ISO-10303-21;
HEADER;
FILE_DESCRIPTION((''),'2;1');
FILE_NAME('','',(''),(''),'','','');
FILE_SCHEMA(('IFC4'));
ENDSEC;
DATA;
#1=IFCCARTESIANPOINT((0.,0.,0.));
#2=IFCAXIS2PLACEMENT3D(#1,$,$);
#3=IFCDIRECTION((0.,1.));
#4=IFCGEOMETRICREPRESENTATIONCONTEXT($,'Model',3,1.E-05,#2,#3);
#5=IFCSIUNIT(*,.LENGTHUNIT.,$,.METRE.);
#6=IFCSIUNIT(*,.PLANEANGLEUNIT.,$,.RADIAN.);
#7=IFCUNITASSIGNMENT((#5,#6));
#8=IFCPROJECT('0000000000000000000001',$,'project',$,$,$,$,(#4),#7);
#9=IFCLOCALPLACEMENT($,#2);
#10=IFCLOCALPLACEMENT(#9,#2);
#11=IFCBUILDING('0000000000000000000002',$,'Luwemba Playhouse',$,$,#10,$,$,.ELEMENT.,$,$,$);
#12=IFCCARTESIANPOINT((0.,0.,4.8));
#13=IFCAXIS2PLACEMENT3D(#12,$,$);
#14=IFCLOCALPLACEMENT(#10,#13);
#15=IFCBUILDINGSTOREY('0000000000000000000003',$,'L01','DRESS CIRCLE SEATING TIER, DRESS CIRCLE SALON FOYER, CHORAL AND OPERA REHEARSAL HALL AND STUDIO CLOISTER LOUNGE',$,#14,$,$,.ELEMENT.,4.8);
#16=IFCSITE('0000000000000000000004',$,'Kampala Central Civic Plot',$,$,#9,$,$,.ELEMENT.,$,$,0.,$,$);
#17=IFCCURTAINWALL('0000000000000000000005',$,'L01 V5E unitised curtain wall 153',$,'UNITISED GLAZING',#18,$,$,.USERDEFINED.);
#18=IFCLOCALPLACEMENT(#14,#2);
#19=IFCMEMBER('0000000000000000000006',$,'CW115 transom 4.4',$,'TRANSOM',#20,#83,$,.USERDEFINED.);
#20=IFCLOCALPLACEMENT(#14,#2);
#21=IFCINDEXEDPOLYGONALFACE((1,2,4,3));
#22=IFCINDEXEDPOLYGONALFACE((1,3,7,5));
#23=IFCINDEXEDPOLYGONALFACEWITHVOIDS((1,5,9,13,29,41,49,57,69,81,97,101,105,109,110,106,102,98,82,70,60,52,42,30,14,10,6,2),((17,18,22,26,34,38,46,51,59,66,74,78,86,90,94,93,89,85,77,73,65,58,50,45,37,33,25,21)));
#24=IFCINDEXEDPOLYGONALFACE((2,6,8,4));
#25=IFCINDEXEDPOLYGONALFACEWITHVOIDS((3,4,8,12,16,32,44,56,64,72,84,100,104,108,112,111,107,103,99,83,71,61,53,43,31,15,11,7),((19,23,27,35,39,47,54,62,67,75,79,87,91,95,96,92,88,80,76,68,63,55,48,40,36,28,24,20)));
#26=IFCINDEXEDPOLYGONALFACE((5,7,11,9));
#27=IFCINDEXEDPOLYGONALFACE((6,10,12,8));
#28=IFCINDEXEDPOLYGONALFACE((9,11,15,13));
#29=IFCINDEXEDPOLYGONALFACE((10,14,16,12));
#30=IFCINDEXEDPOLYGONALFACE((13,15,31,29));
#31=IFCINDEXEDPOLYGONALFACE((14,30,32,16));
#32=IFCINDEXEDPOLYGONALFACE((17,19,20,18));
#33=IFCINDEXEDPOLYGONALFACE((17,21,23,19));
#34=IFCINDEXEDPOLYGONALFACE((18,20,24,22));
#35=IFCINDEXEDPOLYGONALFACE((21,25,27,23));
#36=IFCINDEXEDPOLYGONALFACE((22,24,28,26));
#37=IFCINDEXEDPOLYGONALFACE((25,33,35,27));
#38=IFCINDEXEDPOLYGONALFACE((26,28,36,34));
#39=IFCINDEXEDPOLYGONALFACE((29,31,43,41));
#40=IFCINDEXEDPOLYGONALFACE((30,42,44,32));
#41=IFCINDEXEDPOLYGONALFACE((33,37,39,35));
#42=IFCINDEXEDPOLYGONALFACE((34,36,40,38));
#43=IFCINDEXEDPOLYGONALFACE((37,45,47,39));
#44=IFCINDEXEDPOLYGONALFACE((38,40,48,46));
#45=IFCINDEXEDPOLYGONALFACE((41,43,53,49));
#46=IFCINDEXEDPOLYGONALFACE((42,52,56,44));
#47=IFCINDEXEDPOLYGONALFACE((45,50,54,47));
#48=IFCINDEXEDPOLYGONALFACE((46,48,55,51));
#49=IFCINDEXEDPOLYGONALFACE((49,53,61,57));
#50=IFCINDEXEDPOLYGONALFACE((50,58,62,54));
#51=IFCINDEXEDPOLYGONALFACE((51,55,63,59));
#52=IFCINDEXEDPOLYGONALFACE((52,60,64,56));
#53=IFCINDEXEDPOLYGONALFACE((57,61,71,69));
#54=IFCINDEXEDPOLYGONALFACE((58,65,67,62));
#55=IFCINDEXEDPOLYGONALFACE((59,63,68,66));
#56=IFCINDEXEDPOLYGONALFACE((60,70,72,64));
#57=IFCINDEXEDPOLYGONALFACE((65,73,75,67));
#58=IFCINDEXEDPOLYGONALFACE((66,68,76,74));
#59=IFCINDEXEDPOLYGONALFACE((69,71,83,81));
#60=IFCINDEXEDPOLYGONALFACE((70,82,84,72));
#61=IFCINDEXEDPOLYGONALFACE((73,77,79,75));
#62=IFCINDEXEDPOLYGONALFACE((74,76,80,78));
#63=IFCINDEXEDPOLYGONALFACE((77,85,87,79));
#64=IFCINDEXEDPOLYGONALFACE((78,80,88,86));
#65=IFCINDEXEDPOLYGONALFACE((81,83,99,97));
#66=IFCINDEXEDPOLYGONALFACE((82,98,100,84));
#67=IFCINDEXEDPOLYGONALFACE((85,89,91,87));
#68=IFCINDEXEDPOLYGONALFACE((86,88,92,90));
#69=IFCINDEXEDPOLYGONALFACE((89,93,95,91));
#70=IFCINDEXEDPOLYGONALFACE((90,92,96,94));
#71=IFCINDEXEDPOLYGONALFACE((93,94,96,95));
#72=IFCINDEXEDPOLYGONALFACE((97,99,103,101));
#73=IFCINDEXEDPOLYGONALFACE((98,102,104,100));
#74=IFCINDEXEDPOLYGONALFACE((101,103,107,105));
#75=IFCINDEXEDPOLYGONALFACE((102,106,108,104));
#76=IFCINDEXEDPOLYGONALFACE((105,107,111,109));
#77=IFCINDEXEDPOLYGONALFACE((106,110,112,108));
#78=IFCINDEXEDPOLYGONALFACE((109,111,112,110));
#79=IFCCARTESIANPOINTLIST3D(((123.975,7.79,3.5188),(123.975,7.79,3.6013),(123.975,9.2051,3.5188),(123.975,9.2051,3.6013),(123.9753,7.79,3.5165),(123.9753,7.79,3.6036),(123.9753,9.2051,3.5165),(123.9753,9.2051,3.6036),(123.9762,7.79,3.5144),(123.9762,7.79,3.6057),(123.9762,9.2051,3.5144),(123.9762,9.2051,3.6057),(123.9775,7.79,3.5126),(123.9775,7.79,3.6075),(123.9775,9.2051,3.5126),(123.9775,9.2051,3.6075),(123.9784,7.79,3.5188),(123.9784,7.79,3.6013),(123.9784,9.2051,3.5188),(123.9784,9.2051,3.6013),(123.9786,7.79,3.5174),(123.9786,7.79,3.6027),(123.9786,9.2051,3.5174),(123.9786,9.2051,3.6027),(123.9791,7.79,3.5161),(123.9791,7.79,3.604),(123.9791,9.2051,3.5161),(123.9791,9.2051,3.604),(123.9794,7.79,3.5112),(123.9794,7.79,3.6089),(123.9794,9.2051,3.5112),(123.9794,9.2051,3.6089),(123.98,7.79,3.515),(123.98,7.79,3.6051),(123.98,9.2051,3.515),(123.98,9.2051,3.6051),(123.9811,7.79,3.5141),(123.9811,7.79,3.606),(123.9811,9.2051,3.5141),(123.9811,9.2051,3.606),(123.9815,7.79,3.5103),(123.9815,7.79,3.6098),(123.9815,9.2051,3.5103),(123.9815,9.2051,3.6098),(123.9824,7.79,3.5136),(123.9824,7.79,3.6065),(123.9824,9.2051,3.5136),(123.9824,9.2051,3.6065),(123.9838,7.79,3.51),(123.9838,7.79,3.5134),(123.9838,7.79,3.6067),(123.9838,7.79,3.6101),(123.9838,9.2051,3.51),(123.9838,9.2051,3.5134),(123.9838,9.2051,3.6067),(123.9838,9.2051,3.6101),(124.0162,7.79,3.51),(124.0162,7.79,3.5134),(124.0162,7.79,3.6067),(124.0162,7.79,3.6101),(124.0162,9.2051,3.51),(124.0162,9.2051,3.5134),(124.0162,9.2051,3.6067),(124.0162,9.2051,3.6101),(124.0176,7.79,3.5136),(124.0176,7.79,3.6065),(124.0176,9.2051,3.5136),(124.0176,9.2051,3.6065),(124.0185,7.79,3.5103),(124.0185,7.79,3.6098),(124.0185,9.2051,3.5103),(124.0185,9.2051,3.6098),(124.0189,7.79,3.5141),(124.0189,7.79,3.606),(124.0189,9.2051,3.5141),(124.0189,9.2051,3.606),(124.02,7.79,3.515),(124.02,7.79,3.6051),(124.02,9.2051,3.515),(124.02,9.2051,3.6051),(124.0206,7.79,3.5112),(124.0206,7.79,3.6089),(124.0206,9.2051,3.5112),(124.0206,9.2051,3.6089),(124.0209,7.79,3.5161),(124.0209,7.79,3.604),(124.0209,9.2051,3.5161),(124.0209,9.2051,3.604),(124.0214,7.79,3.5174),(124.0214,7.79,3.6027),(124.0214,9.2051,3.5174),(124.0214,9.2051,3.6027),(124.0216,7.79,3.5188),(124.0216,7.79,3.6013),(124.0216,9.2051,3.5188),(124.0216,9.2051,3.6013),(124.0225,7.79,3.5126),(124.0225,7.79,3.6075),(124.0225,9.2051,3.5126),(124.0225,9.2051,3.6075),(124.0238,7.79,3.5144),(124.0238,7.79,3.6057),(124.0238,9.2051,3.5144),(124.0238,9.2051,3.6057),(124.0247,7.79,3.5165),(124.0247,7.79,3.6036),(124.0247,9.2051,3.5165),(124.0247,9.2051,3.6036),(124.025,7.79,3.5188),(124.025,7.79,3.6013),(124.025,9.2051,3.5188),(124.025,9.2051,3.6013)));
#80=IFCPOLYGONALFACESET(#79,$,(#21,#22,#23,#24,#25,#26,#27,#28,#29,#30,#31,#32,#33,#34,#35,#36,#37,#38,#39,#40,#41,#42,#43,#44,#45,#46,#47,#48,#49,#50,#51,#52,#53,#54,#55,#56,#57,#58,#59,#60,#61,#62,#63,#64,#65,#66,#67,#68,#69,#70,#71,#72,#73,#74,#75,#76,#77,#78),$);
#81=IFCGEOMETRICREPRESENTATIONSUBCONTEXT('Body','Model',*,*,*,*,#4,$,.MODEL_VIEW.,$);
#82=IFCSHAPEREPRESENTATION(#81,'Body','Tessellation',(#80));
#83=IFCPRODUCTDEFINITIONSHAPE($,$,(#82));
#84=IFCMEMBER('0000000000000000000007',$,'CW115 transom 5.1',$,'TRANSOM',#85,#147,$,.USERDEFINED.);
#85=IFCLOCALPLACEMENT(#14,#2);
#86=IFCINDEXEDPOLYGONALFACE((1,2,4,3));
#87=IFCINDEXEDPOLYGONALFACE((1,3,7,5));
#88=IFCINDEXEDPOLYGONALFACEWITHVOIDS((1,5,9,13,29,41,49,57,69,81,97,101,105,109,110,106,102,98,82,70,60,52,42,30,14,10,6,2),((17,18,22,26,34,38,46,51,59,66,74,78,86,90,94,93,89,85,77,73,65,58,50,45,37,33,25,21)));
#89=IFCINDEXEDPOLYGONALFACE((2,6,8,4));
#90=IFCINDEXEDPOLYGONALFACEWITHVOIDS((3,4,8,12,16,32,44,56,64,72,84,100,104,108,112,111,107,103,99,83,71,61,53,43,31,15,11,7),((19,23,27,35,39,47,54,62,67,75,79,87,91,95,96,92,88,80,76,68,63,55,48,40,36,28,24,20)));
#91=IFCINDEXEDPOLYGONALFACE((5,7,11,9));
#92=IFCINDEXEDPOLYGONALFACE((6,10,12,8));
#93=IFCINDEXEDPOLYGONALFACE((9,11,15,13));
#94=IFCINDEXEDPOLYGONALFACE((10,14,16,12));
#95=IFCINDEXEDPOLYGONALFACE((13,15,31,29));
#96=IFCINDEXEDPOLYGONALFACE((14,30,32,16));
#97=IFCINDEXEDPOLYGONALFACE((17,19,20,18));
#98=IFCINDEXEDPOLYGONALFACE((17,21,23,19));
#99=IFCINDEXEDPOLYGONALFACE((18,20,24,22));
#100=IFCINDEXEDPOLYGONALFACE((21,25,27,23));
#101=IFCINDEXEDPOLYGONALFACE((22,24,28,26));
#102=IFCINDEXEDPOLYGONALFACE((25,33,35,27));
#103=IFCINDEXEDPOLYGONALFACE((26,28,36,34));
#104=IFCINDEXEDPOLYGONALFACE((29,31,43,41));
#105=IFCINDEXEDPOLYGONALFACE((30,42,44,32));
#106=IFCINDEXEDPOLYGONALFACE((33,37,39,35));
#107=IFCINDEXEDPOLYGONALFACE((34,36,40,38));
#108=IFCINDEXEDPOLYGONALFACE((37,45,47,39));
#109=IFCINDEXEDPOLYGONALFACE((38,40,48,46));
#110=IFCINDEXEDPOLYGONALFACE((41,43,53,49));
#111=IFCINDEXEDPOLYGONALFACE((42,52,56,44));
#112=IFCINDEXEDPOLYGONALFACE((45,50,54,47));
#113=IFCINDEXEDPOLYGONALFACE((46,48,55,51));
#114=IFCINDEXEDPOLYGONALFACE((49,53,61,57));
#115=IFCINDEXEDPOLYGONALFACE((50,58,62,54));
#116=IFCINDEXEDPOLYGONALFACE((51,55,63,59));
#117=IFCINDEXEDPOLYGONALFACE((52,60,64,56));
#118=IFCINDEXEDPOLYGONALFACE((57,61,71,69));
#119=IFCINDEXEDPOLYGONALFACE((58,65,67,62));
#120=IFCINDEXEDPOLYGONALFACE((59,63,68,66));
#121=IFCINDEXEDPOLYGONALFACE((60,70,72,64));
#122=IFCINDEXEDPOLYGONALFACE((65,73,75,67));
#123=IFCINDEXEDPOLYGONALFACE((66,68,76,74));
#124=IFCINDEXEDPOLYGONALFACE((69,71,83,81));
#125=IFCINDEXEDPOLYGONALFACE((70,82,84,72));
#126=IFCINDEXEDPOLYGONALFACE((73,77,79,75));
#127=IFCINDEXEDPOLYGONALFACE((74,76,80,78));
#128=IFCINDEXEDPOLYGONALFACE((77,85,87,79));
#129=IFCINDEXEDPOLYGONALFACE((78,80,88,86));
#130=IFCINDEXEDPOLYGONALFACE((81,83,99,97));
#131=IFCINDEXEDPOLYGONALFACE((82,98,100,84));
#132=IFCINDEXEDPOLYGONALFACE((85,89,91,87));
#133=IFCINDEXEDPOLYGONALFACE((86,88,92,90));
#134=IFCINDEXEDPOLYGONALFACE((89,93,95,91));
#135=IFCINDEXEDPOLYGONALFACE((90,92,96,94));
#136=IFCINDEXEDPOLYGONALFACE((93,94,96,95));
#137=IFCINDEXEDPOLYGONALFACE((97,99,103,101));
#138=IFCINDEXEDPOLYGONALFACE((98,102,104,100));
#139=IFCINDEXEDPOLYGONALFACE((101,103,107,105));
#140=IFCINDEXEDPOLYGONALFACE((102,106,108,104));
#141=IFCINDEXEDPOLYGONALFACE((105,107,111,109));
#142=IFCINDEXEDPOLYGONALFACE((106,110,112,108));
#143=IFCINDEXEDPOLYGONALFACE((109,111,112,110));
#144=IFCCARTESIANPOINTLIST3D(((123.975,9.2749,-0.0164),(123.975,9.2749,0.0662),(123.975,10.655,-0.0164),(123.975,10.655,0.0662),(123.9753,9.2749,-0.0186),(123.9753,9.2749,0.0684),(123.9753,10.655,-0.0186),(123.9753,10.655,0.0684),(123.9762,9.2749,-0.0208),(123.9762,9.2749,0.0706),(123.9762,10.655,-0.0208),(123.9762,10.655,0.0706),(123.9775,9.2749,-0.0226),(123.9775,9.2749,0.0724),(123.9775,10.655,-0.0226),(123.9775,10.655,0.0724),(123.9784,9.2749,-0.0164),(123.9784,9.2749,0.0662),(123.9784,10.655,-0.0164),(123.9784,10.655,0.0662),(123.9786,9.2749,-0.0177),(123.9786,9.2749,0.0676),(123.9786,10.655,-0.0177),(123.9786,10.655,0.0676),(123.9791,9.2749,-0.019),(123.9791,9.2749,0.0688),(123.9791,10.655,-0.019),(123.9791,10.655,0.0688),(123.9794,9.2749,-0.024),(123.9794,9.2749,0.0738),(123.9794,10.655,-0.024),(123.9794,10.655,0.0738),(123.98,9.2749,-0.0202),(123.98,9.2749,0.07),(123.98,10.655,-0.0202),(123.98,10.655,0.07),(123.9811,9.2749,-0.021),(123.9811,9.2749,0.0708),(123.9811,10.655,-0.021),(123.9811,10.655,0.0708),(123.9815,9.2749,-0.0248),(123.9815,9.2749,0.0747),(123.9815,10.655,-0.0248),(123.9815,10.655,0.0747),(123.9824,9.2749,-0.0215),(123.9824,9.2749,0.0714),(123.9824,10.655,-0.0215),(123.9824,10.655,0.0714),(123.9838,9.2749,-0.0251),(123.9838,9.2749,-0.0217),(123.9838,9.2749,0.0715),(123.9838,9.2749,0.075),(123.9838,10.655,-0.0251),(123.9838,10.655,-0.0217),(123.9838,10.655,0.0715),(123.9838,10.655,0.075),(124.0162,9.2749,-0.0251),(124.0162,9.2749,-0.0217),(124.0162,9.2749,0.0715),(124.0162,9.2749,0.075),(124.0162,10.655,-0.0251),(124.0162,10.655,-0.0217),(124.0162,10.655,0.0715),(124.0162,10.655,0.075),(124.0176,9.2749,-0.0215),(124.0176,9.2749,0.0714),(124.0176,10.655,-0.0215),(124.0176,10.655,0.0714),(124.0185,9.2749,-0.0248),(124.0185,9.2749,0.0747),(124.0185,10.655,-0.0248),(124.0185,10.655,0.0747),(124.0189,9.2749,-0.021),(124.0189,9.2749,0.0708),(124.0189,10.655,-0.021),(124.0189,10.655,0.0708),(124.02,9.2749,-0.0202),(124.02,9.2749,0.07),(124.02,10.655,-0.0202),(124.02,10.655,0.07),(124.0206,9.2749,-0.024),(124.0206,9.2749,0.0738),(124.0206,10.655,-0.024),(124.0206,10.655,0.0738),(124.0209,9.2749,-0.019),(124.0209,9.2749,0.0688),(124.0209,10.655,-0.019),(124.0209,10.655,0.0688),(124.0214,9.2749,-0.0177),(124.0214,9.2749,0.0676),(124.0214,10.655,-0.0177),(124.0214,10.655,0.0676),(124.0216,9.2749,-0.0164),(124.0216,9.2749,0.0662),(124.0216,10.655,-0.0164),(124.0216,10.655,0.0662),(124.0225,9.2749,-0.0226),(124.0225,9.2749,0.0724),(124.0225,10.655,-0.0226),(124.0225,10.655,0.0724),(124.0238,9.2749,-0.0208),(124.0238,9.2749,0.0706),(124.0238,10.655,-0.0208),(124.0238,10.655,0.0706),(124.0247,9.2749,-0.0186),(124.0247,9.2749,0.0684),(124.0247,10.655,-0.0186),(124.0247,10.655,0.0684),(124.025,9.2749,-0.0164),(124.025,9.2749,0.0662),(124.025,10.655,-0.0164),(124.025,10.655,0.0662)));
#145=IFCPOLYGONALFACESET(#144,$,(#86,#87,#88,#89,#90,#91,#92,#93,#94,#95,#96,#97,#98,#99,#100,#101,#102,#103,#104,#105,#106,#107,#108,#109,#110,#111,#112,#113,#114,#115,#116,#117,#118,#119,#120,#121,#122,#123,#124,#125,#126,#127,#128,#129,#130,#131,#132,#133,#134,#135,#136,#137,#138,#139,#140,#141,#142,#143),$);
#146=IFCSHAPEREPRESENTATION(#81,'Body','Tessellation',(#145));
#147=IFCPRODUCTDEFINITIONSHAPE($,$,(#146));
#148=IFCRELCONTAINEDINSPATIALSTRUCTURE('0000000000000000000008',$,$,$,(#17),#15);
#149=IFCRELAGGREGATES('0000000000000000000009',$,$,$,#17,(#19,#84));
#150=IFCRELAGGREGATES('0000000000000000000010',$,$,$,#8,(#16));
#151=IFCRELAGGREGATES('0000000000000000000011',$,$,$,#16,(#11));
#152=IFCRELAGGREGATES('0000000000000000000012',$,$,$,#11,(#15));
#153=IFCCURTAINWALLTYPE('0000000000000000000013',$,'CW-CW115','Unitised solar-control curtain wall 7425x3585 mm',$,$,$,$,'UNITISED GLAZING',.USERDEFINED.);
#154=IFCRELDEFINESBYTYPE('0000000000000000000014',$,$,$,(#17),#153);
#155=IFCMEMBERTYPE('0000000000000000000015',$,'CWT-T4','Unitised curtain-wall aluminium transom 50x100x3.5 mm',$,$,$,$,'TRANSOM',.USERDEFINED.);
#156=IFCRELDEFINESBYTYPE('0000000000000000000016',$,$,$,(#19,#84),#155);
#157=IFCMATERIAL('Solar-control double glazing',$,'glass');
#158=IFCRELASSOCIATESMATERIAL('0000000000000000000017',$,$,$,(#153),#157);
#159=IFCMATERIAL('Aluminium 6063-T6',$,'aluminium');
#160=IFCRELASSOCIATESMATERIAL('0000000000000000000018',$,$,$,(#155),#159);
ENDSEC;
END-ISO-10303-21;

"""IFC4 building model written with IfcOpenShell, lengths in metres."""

from ifc_helpers import new_model, si_unit, direction, frame, origin, origin_2d, place, context, subcontext, project, spatial, hollow_rectangle, extrude, material, material_profile, profile_set, type_object, element, aggregate, save


model = new_model("IFC4")

# Units and contexts
model_context = context("Model", 3, precision=1e-05, world=origin(), true_north=direction((0.0, 1.0)))
body_context = subcontext(model_context, "Body", "Model", "MODEL_VIEW")
ifc_project = project(units=[si_unit("LENGTHUNIT", "METRE"), si_unit("PLANEANGLEUNIT", "RADIAN")], contexts=[model_context])

# Site, building, storey
site_placement = place(None, origin())
site = spatial("IfcSite", under=ifc_project, at=site_placement, Name="Kampala Central Civic Plot", CompositionType="ELEMENT", RefElevation=0.0)
building_placement = place(site_placement, origin())
building = spatial("IfcBuilding", under=site, at=building_placement, Name="Luwemba Playhouse", CompositionType="ELEMENT")
storey_placement = place(building_placement, frame((0.0, 0.0, 4.8)))
storey = spatial("IfcBuildingStorey", under=building, at=storey_placement, Name="L01", Description="DRESS CIRCLE SEATING TIER, DRESS CIRCLE SALON FOYER, CHORAL AND OPERA REHEARSAL HALL AND STUDIO CLOISTER LOUNGE", CompositionType="ELEMENT", Elevation=4.8)

# Curtain wall, members
ifc_material_1 = material(Name="Solar-control double glazing", Category="glass")
curtain_wall_type = type_object("IfcCurtainWallType", Name="CW-CW115", Description="Unitised solar-control curtain wall 7425x3585 mm", ElementType="UNITISED GLAZING", PredefinedType="USERDEFINED", material=ifc_material_1)
curtain_wall_placement = place(storey_placement, origin())
curtain_wall = element("IfcCurtainWall", 1, at=curtain_wall_placement, inside=storey, type_object=curtain_wall_type, Name="L01 V5E unitised curtain wall 153", ObjectType="UNITISED GLAZING", PredefinedType="USERDEFINED")
ifc_material_2 = material(Name="Aluminium 6063-T6", Category="aluminium")
ifc_material_profile_1 = material_profile(ifc_material_2, hollow_rectangle(XDim=0.05, YDim=0.1001, WallThickness=0.0034, InnerFilletRadius=0.0054, OuterFilletRadius=0.0088, at=origin_2d()))
ifc_profile_set_1 = profile_set([ifc_material_profile_1], Name="Aluminium 6063-T6")
member_type_1 = type_object("IfcMemberType", Name="CWT-T4", Description="Unitised curtain-wall aluminium transom 50x100x3.5 mm", ElementType="TRANSOM", PredefinedType="USERDEFINED", material=ifc_profile_set_1)
member_1_placement = place(storey_placement, frame((124.0, 7.79, 3.5601), z_axis=(0.0, 1.0, 0.0), x_axis=(-1.0, 0.0, 0.0)))
member_1 = element("IfcMember", 2, at=member_1_placement, type_object=member_type_1, Name="CW115 transom 4.4", ObjectType="TRANSOM", PredefinedType="USERDEFINED", context=body_context, shape_type="SweptSolid", body=[
    extrude(hollow_rectangle(XDim=0.05, YDim=0.1001, WallThickness=0.0034, InnerFilletRadius=0.0054, OuterFilletRadius=0.0088, at=origin_2d()), origin(), (0.0, 0.0, 1.0), 1.415),
])
member_2_placement = place(storey_placement, frame((124.0, 9.2749, 0.0249), z_axis=(0.0, 1.0, 0.0), x_axis=(-1.0, 0.0, 0.0)))
member_2 = element("IfcMember", 3, at=member_2_placement, type_object=member_type_1, Name="CW115 transom 5.1", ObjectType="TRANSOM", PredefinedType="USERDEFINED", context=body_context, shape_type="SweptSolid", body=[
    extrude(hollow_rectangle(XDim=0.05, YDim=0.1001, WallThickness=0.0034, InnerFilletRadius=0.0054, OuterFilletRadius=0.0088, at=origin_2d()), origin(), (0.0, 0.0, 1.0), 1.3801),
])

aggregate(curtain_wall, [member_1, member_2])

save(model, "model.ifc")
